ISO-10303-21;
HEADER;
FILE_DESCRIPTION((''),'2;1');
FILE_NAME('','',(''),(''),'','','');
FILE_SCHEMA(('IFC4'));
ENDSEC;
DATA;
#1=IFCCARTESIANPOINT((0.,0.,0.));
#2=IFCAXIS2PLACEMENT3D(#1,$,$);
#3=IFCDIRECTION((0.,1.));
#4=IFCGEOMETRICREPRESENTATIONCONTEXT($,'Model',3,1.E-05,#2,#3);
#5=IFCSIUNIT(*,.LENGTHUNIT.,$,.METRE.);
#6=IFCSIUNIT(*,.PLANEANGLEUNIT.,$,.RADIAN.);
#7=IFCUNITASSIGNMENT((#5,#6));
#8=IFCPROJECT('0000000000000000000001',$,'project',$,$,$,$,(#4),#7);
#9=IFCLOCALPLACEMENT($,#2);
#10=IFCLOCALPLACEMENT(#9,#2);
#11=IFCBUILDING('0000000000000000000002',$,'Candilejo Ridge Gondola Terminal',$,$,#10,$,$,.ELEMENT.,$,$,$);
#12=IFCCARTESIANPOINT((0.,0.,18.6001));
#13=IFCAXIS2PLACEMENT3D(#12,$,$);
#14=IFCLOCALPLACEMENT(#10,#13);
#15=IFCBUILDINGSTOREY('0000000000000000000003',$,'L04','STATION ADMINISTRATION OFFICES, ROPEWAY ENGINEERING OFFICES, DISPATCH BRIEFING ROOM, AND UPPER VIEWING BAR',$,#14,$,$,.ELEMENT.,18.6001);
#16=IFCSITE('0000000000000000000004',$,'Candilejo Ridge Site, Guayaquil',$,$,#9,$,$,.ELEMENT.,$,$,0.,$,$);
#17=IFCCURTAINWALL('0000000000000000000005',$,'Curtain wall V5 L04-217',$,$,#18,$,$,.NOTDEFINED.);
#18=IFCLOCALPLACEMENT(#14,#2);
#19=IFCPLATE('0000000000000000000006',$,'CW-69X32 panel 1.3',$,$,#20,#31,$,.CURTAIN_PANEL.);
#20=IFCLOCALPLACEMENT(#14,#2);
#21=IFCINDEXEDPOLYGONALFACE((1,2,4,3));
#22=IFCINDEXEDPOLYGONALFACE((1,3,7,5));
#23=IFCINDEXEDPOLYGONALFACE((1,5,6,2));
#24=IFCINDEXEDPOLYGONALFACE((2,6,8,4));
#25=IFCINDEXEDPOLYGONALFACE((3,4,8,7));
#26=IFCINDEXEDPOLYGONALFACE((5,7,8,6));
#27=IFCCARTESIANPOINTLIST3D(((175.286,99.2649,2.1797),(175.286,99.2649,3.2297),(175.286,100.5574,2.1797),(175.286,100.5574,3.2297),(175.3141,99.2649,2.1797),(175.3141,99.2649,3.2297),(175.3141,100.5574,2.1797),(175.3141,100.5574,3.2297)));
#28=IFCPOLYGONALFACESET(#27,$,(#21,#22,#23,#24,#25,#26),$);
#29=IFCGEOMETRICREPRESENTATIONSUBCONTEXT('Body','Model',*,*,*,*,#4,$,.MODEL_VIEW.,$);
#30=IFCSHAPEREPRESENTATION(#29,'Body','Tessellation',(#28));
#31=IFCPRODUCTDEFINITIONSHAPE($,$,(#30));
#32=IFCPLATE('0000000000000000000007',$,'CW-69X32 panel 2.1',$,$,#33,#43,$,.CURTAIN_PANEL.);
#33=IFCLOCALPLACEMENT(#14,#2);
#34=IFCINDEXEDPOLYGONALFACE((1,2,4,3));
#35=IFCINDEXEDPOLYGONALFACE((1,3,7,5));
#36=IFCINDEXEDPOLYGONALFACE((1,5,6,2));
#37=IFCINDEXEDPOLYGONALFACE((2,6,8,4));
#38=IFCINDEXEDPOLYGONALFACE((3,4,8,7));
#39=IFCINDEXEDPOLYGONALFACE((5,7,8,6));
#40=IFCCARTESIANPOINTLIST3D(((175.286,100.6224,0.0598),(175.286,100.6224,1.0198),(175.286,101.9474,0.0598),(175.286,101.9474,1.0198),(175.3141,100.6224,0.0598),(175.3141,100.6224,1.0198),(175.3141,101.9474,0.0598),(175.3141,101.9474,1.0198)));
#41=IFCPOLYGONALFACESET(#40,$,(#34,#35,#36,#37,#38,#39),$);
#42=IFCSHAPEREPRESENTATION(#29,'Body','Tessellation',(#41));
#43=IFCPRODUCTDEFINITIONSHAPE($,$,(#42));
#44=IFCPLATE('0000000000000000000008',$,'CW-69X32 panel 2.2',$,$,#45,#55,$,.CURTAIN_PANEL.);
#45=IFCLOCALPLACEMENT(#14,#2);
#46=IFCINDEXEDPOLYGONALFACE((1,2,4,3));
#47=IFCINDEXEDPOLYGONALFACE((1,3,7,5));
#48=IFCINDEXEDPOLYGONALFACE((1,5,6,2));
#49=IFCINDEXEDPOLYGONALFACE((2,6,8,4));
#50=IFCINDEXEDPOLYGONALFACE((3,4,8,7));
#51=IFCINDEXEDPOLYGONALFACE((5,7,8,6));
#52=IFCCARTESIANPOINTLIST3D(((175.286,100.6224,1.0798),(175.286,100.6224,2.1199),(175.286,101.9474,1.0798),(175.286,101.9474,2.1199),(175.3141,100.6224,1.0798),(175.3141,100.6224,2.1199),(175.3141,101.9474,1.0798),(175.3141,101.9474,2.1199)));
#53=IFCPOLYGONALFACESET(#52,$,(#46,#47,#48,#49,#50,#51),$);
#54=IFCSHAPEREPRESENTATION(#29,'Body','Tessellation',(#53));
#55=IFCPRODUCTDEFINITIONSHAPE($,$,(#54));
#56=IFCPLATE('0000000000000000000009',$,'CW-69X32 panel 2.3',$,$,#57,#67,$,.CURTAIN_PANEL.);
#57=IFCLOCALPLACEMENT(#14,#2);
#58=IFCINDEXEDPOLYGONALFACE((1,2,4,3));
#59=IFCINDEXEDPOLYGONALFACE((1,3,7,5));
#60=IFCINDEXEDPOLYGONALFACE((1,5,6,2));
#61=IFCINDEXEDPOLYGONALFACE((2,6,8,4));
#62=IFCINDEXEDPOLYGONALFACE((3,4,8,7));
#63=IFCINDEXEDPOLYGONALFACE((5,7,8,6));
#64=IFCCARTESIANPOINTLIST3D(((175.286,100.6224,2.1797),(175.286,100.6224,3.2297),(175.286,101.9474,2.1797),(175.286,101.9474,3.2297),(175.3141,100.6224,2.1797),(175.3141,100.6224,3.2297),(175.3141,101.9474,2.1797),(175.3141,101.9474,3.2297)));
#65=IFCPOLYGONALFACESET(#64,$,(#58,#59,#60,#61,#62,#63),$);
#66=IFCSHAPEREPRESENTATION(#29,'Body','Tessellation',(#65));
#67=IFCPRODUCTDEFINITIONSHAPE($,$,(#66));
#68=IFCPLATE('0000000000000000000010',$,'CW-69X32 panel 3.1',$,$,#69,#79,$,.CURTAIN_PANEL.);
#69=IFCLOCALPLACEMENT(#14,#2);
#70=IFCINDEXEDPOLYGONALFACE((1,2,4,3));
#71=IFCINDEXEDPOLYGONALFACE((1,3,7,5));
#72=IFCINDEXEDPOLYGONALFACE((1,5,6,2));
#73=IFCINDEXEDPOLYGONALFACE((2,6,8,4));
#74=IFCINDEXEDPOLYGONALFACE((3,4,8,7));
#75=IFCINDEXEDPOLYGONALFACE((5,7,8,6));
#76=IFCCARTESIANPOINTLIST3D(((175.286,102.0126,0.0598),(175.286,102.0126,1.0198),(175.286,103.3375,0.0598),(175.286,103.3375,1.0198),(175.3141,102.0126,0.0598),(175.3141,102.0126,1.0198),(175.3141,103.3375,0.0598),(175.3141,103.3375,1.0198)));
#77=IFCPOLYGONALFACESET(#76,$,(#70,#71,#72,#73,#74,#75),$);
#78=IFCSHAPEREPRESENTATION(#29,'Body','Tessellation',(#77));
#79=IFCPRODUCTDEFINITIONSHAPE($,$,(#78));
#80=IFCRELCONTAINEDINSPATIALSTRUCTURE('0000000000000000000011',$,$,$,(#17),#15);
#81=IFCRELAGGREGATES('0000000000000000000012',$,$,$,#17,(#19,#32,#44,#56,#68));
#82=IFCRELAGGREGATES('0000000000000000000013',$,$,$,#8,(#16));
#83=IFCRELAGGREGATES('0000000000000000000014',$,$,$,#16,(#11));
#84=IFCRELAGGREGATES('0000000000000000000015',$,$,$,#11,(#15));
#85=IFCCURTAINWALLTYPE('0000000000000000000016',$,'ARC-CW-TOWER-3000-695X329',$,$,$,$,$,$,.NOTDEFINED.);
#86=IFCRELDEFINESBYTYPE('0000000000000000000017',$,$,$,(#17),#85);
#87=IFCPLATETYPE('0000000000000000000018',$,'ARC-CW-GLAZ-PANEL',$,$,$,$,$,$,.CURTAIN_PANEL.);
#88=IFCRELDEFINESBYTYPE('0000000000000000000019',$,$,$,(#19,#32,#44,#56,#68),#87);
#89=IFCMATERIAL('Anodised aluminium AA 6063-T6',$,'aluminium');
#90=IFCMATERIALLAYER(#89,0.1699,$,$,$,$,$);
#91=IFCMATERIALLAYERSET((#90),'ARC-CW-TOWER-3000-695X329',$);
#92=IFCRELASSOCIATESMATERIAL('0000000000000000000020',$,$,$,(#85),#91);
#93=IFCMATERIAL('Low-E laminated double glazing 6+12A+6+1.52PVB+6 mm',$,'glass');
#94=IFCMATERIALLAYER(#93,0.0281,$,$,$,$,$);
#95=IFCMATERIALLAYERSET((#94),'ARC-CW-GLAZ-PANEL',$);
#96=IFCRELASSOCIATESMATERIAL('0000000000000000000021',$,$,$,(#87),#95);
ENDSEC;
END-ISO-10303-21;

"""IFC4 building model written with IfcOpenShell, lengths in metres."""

from ifc_helpers import new_model, si_unit, direction, frame, origin, origin_2d, place, context, subcontext, project, spatial, rectangle, extrude, material, layer, layer_set, type_object, element, aggregate, save


model = new_model("IFC4")

# Units and contexts
model_context = context("Model", 3, precision=1e-05, world=origin(), true_north=direction((0.0, 1.0)))
body_context = subcontext(model_context, "Body", "Model", "MODEL_VIEW")
ifc_project = project(units=[si_unit("LENGTHUNIT", "METRE"), si_unit("PLANEANGLEUNIT", "RADIAN")], contexts=[model_context])

# Site, building, storey
site_placement = place(None, origin())
site = spatial("IfcSite", under=ifc_project, at=site_placement, Name="Candilejo Ridge Site, Guayaquil", CompositionType="ELEMENT", RefElevation=0.0)
building_placement = place(site_placement, origin())
building = spatial("IfcBuilding", under=site, at=building_placement, Name="Candilejo Ridge Gondola Terminal", CompositionType="ELEMENT")
storey_placement = place(building_placement, frame((0.0, 0.0, 18.6001)))
storey = spatial("IfcBuildingStorey", under=building, at=storey_placement, Name="L04", Description="STATION ADMINISTRATION OFFICES, ROPEWAY ENGINEERING OFFICES, DISPATCH BRIEFING ROOM, AND UPPER VIEWING BAR", CompositionType="ELEMENT", Elevation=18.6001)

# Curtain wall
ifc_material_1 = material(Name="Anodised aluminium AA 6063-T6", Category="aluminium")
ifc_layer_1 = layer(ifc_material_1, 0.1699)
ifc_layer_set_1 = layer_set([ifc_layer_1], Name="ARC-CW-TOWER-3000-695X329")
curtain_wall_type_1 = type_object("IfcCurtainWallType", Name="ARC-CW-TOWER-3000-695X329", PredefinedType="NOTDEFINED", material=ifc_layer_set_1)
curtain_wall_1_placement = place(storey_placement, origin())
curtain_wall_1 = element("IfcCurtainWall", 1, at=curtain_wall_1_placement, inside=storey, type_object=curtain_wall_type_1, Name="Curtain wall V5 L04-217", PredefinedType="NOTDEFINED")

# Plates
ifc_material_2 = material(Name="Low-E laminated double glazing 6+12A+6+1.52PVB+6 mm", Category="glass")
ifc_layer_2 = layer(ifc_material_2, 0.0281)
ifc_layer_set_2 = layer_set([ifc_layer_2], Name="ARC-CW-GLAZ-PANEL")
plate_type = type_object("IfcPlateType", Name="ARC-CW-GLAZ-PANEL", PredefinedType="CURTAIN_PANEL", material=ifc_layer_set_2)
plate_1_placement = place(storey_placement, frame((175.3, 99.9111, 2.1797), z_axis=(0.0, 0.0, 1.0), x_axis=(0.0, 1.0, 0.0)))
plate_1 = element("IfcPlate", 2, at=plate_1_placement, type_object=plate_type, Name="CW-69X32 panel 1.3", PredefinedType="CURTAIN_PANEL", context=body_context, shape_type="SweptSolid", body=[
    extrude(rectangle(XDim=1.2925, YDim=0.0281, at=origin_2d()), origin(), (0.0, 0.0, 1.0), 1.05),
])
plate_2_placement = place(storey_placement, frame((175.3, 101.2849, 0.0598), z_axis=(0.0, 0.0, 1.0), x_axis=(0.0, 1.0, 0.0)))
plate_2 = element("IfcPlate", 3, at=plate_2_placement, type_object=plate_type, Name="CW-69X32 panel 2.1", PredefinedType="CURTAIN_PANEL", context=body_context, shape_type="SweptSolid", body=[
    extrude(rectangle(XDim=1.325, YDim=0.0281, at=origin_2d()), origin(), (0.0, 0.0, 1.0), 0.96),
])
plate_3_placement = place(storey_placement, frame((175.3, 101.2849, 1.0798), z_axis=(0.0, 0.0, 1.0), x_axis=(0.0, 1.0, 0.0)))
plate_3 = element("IfcPlate", 4, at=plate_3_placement, type_object=plate_type, Name="CW-69X32 panel 2.2", PredefinedType="CURTAIN_PANEL", context=body_context, shape_type="SweptSolid", body=[
    extrude(rectangle(XDim=1.325, YDim=0.0281, at=origin_2d()), origin(), (0.0, 0.0, 1.0), 1.04),
])
plate_4_placement = place(storey_placement, frame((175.3, 101.2849, 2.1797), z_axis=(0.0, 0.0, 1.0), x_axis=(0.0, 1.0, 0.0)))
plate_4 = element("IfcPlate", 5, at=plate_4_placement, type_object=plate_type, Name="CW-69X32 panel 2.3", PredefinedType="CURTAIN_PANEL", context=body_context, shape_type="SweptSolid", body=[
    extrude(rectangle(XDim=1.325, YDim=0.0281, at=origin_2d()), origin(), (0.0, 0.0, 1.0), 1.05),
])
plate_5_placement = place(storey_placement, frame((175.3, 102.675, 0.0598), z_axis=(0.0, 0.0, 1.0), x_axis=(0.0, 1.0, 0.0)))
plate_5 = element("IfcPlate", 6, at=plate_5_placement, type_object=plate_type, Name="CW-69X32 panel 3.1", PredefinedType="CURTAIN_PANEL", context=body_context, shape_type="SweptSolid", body=[
    extrude(rectangle(XDim=1.325, YDim=0.0281, at=origin_2d()), origin(), (0.0, 0.0, 1.0), 0.96),
])
aggregate(curtain_wall_1, [plate_1, plate_2, plate_3, plate_4, plate_5])

save(model, "model.ifc")
